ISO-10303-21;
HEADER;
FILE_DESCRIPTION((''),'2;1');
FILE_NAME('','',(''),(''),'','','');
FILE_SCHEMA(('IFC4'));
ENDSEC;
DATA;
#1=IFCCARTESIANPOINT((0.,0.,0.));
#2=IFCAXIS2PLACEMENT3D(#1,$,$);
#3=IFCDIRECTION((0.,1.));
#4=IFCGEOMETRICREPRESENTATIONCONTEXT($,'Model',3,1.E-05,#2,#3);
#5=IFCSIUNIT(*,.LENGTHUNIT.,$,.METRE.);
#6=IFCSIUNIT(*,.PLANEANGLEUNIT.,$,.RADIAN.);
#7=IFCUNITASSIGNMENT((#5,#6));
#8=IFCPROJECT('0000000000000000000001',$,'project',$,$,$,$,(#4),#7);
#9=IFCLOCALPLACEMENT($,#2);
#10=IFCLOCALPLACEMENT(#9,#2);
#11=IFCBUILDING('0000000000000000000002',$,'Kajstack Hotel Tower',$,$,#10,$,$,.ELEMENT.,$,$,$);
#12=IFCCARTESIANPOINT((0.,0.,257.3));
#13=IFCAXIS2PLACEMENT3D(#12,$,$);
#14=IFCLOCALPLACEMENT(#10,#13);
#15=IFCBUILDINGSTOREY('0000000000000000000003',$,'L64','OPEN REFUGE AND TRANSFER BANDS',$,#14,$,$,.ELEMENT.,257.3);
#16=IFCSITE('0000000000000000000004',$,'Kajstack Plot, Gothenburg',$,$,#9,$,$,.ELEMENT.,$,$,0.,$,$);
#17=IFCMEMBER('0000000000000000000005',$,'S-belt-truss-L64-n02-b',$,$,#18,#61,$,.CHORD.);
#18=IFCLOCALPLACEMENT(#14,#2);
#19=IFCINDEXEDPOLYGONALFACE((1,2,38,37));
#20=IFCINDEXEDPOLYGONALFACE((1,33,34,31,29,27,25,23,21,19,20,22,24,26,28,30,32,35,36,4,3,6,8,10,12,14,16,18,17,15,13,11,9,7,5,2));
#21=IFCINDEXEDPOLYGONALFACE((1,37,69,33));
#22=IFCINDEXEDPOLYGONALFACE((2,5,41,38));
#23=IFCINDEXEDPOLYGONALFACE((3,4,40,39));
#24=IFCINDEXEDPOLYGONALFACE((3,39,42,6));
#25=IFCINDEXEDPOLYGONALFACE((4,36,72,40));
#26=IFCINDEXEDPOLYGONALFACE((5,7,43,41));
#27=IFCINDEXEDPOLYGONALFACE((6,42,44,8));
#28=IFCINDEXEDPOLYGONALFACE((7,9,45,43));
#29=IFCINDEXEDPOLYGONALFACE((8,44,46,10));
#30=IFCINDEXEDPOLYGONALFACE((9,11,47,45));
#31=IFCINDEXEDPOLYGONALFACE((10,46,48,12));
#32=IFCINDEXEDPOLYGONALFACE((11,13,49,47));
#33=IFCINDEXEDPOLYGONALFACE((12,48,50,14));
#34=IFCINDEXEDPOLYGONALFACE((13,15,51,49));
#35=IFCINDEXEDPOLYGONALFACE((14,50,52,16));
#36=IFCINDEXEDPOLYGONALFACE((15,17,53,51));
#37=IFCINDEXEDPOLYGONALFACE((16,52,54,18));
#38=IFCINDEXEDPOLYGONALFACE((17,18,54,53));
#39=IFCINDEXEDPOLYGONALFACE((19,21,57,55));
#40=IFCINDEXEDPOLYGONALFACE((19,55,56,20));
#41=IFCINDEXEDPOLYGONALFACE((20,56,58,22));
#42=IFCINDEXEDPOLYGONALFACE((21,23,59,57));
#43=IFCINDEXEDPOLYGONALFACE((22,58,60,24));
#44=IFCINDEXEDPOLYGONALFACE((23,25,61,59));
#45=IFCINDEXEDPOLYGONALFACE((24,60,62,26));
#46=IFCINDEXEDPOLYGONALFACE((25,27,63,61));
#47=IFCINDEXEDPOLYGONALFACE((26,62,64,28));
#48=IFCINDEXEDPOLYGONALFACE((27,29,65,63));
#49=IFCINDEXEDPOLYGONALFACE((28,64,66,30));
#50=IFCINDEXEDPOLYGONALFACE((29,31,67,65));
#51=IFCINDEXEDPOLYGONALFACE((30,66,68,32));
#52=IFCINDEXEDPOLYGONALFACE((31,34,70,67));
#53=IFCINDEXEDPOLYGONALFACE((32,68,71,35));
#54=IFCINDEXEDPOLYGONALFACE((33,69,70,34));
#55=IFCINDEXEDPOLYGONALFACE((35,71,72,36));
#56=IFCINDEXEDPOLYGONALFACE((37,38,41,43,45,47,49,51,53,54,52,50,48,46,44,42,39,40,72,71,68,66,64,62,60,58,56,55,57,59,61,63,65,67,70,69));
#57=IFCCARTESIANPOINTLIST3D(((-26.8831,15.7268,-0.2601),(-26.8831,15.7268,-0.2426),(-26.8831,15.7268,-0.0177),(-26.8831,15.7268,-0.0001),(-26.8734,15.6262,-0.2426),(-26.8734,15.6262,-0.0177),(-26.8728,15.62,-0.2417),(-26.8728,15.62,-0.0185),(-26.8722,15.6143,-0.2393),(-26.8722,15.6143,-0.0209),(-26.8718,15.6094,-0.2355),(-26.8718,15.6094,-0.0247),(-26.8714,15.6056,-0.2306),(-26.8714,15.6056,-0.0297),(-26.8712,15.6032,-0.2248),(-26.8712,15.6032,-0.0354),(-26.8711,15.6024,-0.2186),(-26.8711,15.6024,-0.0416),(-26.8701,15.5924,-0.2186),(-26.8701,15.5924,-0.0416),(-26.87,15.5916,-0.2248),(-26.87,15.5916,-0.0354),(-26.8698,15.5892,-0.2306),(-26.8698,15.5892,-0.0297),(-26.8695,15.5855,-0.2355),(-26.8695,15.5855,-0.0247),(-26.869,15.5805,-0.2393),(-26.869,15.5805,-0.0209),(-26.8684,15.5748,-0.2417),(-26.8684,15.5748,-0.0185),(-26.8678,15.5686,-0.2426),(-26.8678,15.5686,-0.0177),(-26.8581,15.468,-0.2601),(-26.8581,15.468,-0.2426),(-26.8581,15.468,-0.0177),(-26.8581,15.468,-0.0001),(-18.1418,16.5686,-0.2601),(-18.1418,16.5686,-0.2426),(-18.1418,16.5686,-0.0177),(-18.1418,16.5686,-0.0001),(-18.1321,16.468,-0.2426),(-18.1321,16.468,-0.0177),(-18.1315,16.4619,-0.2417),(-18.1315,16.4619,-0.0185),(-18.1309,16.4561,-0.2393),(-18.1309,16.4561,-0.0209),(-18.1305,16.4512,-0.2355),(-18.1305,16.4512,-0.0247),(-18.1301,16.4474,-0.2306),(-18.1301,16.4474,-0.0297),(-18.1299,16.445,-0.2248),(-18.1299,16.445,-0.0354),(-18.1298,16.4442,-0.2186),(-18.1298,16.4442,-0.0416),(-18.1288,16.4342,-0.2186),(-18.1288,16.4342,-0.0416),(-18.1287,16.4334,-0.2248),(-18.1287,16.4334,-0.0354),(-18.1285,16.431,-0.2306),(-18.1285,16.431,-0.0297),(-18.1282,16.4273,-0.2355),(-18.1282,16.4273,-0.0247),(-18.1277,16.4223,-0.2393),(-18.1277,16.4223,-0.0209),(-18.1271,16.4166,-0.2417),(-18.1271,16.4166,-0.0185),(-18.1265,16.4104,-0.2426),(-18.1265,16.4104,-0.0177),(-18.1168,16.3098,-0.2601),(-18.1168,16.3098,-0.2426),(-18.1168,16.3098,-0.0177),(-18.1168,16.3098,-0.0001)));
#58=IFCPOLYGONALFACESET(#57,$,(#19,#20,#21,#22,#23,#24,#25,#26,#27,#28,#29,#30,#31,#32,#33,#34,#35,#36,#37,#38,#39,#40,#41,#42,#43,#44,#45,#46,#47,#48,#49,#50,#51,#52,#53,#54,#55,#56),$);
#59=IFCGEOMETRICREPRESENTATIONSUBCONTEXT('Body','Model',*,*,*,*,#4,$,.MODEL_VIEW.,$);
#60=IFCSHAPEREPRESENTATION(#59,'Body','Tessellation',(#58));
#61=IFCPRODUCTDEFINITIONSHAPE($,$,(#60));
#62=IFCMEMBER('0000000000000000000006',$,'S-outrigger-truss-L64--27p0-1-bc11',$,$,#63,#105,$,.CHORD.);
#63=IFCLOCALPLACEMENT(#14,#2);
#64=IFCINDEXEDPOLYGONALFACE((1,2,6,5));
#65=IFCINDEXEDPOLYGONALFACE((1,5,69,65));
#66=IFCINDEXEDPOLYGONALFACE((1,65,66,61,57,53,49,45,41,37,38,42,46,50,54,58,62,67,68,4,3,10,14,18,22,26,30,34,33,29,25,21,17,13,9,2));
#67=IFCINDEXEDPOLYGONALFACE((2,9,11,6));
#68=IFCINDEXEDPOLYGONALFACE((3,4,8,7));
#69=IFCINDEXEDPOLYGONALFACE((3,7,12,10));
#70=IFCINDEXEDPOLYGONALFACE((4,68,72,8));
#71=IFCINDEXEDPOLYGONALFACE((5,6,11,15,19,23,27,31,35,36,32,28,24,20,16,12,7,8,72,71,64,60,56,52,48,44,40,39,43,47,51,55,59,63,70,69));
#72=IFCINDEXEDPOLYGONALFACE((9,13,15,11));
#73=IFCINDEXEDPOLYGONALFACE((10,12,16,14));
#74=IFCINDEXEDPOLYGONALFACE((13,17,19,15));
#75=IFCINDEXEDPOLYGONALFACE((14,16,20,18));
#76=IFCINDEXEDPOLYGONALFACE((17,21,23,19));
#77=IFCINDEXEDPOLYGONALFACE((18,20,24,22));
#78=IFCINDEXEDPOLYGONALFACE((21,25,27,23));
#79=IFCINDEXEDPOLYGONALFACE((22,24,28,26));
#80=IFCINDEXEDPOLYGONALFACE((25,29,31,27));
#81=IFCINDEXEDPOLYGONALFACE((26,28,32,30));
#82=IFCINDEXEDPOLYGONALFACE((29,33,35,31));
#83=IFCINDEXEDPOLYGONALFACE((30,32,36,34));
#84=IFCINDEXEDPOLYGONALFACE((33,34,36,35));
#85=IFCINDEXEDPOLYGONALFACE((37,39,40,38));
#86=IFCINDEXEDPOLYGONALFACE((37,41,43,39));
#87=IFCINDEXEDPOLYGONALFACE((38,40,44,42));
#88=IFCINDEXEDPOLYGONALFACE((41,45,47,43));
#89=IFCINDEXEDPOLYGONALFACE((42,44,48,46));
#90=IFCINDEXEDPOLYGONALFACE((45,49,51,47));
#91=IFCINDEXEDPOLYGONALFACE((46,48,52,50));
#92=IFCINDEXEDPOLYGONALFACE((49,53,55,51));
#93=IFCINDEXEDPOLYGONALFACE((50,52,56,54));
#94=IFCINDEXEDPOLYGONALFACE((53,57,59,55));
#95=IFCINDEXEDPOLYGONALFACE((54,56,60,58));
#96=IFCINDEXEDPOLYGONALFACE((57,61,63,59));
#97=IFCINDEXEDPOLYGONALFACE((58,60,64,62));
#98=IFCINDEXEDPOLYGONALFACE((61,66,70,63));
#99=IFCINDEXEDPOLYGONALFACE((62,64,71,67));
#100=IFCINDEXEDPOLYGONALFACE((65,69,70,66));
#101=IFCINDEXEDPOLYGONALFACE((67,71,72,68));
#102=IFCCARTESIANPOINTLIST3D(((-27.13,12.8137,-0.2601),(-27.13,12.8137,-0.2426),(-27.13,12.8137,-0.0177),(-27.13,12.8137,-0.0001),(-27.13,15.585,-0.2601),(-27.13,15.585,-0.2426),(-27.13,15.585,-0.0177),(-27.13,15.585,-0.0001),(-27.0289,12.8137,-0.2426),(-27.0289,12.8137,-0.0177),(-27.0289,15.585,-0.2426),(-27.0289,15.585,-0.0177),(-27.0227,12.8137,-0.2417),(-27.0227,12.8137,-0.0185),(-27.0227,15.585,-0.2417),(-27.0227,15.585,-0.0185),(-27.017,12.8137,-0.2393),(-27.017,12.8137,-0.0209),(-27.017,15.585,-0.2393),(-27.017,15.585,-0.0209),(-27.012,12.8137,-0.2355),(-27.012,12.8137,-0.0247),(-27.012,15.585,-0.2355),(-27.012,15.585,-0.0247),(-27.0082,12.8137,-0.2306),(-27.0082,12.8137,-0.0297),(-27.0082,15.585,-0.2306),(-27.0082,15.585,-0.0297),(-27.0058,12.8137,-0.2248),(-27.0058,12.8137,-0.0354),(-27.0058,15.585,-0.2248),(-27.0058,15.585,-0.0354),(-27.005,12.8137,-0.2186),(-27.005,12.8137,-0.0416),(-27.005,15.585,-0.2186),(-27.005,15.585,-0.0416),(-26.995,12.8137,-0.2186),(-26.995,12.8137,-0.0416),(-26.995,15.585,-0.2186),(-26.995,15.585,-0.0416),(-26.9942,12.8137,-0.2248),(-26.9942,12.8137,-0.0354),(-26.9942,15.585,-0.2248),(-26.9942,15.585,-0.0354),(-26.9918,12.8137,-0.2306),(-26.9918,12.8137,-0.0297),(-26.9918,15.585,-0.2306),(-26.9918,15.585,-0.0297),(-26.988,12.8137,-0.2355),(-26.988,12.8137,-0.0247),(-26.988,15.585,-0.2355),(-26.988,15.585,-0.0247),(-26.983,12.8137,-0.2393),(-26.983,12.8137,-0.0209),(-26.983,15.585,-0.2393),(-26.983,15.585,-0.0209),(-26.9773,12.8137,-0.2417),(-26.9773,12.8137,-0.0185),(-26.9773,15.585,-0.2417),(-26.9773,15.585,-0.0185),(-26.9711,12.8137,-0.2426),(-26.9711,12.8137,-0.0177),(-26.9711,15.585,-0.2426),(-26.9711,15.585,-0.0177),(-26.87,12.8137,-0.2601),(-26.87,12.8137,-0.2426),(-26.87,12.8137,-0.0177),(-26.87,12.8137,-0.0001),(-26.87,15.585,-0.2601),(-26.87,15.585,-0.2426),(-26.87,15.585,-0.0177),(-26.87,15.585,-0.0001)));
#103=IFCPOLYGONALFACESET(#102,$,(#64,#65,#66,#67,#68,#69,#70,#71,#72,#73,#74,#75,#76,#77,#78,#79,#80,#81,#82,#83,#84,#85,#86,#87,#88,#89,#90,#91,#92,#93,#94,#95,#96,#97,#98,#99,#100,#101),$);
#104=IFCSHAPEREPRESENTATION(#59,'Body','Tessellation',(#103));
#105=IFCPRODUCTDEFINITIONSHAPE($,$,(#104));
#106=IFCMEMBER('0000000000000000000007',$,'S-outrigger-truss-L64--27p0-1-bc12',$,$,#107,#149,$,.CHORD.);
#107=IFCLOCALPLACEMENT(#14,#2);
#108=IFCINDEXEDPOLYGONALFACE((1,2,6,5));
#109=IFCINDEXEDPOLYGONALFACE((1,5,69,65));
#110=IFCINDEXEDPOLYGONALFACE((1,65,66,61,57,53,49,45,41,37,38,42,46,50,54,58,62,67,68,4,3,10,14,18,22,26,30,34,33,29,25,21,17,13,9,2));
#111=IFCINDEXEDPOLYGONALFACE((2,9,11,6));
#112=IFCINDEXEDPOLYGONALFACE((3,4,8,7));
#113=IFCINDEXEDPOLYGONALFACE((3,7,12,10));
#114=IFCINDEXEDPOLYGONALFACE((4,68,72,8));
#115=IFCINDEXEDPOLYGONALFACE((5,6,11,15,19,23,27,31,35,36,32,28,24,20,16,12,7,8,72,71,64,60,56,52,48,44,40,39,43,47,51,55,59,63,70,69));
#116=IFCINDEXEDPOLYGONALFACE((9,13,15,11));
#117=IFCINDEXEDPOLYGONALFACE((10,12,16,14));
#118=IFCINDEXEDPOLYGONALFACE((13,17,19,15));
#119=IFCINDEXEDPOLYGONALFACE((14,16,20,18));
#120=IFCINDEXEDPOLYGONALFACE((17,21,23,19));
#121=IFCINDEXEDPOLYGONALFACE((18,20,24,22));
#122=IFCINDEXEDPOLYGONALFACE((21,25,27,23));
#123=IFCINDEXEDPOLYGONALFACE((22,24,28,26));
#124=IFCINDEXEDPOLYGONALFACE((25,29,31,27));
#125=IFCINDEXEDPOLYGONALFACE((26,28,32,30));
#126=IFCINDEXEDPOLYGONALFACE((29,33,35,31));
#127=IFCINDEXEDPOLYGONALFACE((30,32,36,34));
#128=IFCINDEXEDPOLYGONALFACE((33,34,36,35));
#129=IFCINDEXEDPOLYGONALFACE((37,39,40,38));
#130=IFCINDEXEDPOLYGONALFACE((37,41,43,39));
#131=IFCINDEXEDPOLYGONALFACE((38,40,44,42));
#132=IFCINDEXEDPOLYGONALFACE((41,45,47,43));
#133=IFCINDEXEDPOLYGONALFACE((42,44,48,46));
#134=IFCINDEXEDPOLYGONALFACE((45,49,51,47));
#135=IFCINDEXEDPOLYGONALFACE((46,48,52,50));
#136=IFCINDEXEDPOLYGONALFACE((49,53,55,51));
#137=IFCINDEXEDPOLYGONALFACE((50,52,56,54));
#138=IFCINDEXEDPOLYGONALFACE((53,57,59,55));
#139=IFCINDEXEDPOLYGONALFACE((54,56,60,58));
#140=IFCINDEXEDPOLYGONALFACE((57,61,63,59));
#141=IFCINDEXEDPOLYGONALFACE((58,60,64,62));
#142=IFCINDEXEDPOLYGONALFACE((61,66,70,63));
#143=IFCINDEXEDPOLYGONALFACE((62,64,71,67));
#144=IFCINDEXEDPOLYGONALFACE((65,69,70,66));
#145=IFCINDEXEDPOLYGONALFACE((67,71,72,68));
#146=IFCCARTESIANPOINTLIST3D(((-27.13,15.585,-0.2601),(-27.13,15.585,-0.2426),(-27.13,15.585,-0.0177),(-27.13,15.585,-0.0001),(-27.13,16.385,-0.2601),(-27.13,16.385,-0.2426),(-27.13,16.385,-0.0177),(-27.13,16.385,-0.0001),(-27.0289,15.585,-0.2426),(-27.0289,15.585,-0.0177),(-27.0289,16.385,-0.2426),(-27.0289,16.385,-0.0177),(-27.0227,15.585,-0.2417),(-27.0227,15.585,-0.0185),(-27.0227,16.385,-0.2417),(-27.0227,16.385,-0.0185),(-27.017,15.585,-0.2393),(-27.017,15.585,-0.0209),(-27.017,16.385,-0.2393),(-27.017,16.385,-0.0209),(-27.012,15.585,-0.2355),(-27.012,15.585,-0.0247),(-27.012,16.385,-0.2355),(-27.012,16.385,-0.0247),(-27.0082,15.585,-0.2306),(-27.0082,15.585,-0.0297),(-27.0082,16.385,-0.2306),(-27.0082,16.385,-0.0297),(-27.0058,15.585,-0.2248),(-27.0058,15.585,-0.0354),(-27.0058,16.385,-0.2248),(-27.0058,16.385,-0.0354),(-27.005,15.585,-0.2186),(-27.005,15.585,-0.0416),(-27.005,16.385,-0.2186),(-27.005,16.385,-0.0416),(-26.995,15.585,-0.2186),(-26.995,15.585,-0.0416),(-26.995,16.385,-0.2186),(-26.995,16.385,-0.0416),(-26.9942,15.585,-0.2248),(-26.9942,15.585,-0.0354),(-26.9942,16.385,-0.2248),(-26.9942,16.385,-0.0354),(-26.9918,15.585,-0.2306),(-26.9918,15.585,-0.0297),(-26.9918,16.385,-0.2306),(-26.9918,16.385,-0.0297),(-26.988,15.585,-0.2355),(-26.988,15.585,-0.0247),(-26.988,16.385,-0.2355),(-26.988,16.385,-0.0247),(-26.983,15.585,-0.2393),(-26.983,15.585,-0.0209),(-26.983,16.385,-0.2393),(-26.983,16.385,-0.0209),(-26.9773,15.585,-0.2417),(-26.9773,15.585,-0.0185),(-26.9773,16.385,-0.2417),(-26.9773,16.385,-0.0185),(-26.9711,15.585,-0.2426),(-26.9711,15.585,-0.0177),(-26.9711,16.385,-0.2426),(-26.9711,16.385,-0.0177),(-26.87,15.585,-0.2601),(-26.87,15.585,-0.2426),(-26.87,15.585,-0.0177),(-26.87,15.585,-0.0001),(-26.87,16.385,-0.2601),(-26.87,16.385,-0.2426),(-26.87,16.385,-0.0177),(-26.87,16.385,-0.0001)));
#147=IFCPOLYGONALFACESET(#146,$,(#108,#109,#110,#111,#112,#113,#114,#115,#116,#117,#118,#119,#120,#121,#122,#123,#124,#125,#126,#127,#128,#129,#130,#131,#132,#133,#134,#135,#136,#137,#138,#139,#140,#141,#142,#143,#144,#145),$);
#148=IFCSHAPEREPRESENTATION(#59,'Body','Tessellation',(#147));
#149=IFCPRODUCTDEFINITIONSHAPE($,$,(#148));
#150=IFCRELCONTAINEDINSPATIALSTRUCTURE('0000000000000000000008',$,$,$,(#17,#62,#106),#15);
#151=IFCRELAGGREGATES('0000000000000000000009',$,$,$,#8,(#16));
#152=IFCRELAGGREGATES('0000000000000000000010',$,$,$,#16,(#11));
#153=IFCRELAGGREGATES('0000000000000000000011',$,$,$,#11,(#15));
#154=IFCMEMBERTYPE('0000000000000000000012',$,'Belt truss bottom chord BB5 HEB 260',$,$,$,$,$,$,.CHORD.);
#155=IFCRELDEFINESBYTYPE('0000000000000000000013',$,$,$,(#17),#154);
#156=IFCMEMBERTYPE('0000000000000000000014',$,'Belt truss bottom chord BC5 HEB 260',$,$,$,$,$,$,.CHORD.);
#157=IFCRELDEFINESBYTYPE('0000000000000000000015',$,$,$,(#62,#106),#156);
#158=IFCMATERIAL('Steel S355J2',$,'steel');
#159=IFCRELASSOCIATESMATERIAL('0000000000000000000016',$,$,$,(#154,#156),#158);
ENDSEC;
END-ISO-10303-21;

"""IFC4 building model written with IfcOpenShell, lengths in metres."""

from ifc_helpers import new_model, si_unit, direction, frame, origin, origin_2d, place, context, subcontext, project, spatial, i_section, extrude, material, material_profile, profile_set, type_object, element, save


model = new_model("IFC4")

# Units and contexts
model_context = context("Model", 3, precision=1e-05, world=origin(), true_north=direction((0.0, 1.0)))
body_context = subcontext(model_context, "Body", "Model", "MODEL_VIEW")
ifc_project = project(units=[si_unit("LENGTHUNIT", "METRE"), si_unit("PLANEANGLEUNIT", "RADIAN")], contexts=[model_context])

# Site, building, storey
site_placement = place(None, origin())
site = spatial("IfcSite", under=ifc_project, at=site_placement, Name="Kajstack Plot, Gothenburg", CompositionType="ELEMENT", RefElevation=0.0)
building_placement = place(site_placement, origin())
building = spatial("IfcBuilding", under=site, at=building_placement, Name="Kajstack Hotel Tower", CompositionType="ELEMENT")
storey_placement = place(building_placement, frame((0.0, 0.0, 257.3)))
storey = spatial("IfcBuildingStorey", under=building, at=storey_placement, Name="L64", Description="OPEN REFUGE AND TRANSFER BANDS", CompositionType="ELEMENT", Elevation=257.3)

# Members
ifc_material = material(Name="Steel S355J2", Category="steel")
ifc_material_profile_1 = material_profile(ifc_material, i_section(OverallWidth=0.26, OverallDepth=0.26, WebThickness=0.01, FlangeThickness=0.0176, FilletRadius=0.0239, at=origin_2d()), Name="HEB 260")
ifc_profile_set_1 = profile_set([ifc_material_profile_1], Name="Steel S355J2")
member_type_1 = type_object("IfcMemberType", Name="Belt truss bottom chord BB5 HEB 260", PredefinedType="CHORD", material=ifc_profile_set_1)
member_1_placement = place(storey_placement, frame((-26.8706, 15.5974, -0.1301), z_axis=(0.995395, 0.095859, 0.0), x_axis=(-0.095859, 0.995395, 0.0)))
element("IfcMember", 1, at=member_1_placement, inside=storey, type_object=member_type_1, Name="S-belt-truss-L64-n02-b", PredefinedType="CHORD", context=body_context, shape_type="SweptSolid", body=[
    extrude(i_section(OverallWidth=0.26, OverallDepth=0.26, WebThickness=0.01, FlangeThickness=0.0176, FilletRadius=0.0239, at=origin_2d()), origin(), (0.0, 0.0, 1.0), 8.7817),
])
ifc_material_profile_2 = material_profile(ifc_material, i_section(OverallWidth=0.26, OverallDepth=0.26, WebThickness=0.01, FlangeThickness=0.0176, FilletRadius=0.0239, at=origin_2d()), Name="HEB 260")
ifc_profile_set_2 = profile_set([ifc_material_profile_2], Name="Steel S355J2")
member_type_2 = type_object("IfcMemberType", Name="Belt truss bottom chord BC5 HEB 260", PredefinedType="CHORD", material=ifc_profile_set_2)
member_2_placement = place(storey_placement, frame((-27.0, 12.8137, -0.1301), z_axis=(0.0, 1.0, 0.0), x_axis=(-1.0, 0.0, 0.0)))
element("IfcMember", 2, at=member_2_placement, inside=storey, type_object=member_type_2, Name="S-outrigger-truss-L64--27p0-1-bc11", PredefinedType="CHORD", context=body_context, shape_type="SweptSolid", body=[
    extrude(i_section(OverallWidth=0.26, OverallDepth=0.26, WebThickness=0.01, FlangeThickness=0.0176, FilletRadius=0.0239, at=origin_2d()), origin(), (0.0, 0.0, 1.0), 2.7712),
])
member_3_placement = place(storey_placement, frame((-27.0, 15.585, -0.1301), z_axis=(0.0, 1.0, 0.0), x_axis=(-1.0, 0.0, 0.0)))
element("IfcMember", 3, at=member_3_placement, inside=storey, type_object=member_type_2, Name="S-outrigger-truss-L64--27p0-1-bc12", PredefinedType="CHORD", context=body_context, shape_type="SweptSolid", body=[
    extrude(i_section(OverallWidth=0.26, OverallDepth=0.26, WebThickness=0.01, FlangeThickness=0.0176, FilletRadius=0.0239, at=origin_2d()), origin(), (0.0, 0.0, 1.0), 0.8),
])

save(model, "model.ifc")
